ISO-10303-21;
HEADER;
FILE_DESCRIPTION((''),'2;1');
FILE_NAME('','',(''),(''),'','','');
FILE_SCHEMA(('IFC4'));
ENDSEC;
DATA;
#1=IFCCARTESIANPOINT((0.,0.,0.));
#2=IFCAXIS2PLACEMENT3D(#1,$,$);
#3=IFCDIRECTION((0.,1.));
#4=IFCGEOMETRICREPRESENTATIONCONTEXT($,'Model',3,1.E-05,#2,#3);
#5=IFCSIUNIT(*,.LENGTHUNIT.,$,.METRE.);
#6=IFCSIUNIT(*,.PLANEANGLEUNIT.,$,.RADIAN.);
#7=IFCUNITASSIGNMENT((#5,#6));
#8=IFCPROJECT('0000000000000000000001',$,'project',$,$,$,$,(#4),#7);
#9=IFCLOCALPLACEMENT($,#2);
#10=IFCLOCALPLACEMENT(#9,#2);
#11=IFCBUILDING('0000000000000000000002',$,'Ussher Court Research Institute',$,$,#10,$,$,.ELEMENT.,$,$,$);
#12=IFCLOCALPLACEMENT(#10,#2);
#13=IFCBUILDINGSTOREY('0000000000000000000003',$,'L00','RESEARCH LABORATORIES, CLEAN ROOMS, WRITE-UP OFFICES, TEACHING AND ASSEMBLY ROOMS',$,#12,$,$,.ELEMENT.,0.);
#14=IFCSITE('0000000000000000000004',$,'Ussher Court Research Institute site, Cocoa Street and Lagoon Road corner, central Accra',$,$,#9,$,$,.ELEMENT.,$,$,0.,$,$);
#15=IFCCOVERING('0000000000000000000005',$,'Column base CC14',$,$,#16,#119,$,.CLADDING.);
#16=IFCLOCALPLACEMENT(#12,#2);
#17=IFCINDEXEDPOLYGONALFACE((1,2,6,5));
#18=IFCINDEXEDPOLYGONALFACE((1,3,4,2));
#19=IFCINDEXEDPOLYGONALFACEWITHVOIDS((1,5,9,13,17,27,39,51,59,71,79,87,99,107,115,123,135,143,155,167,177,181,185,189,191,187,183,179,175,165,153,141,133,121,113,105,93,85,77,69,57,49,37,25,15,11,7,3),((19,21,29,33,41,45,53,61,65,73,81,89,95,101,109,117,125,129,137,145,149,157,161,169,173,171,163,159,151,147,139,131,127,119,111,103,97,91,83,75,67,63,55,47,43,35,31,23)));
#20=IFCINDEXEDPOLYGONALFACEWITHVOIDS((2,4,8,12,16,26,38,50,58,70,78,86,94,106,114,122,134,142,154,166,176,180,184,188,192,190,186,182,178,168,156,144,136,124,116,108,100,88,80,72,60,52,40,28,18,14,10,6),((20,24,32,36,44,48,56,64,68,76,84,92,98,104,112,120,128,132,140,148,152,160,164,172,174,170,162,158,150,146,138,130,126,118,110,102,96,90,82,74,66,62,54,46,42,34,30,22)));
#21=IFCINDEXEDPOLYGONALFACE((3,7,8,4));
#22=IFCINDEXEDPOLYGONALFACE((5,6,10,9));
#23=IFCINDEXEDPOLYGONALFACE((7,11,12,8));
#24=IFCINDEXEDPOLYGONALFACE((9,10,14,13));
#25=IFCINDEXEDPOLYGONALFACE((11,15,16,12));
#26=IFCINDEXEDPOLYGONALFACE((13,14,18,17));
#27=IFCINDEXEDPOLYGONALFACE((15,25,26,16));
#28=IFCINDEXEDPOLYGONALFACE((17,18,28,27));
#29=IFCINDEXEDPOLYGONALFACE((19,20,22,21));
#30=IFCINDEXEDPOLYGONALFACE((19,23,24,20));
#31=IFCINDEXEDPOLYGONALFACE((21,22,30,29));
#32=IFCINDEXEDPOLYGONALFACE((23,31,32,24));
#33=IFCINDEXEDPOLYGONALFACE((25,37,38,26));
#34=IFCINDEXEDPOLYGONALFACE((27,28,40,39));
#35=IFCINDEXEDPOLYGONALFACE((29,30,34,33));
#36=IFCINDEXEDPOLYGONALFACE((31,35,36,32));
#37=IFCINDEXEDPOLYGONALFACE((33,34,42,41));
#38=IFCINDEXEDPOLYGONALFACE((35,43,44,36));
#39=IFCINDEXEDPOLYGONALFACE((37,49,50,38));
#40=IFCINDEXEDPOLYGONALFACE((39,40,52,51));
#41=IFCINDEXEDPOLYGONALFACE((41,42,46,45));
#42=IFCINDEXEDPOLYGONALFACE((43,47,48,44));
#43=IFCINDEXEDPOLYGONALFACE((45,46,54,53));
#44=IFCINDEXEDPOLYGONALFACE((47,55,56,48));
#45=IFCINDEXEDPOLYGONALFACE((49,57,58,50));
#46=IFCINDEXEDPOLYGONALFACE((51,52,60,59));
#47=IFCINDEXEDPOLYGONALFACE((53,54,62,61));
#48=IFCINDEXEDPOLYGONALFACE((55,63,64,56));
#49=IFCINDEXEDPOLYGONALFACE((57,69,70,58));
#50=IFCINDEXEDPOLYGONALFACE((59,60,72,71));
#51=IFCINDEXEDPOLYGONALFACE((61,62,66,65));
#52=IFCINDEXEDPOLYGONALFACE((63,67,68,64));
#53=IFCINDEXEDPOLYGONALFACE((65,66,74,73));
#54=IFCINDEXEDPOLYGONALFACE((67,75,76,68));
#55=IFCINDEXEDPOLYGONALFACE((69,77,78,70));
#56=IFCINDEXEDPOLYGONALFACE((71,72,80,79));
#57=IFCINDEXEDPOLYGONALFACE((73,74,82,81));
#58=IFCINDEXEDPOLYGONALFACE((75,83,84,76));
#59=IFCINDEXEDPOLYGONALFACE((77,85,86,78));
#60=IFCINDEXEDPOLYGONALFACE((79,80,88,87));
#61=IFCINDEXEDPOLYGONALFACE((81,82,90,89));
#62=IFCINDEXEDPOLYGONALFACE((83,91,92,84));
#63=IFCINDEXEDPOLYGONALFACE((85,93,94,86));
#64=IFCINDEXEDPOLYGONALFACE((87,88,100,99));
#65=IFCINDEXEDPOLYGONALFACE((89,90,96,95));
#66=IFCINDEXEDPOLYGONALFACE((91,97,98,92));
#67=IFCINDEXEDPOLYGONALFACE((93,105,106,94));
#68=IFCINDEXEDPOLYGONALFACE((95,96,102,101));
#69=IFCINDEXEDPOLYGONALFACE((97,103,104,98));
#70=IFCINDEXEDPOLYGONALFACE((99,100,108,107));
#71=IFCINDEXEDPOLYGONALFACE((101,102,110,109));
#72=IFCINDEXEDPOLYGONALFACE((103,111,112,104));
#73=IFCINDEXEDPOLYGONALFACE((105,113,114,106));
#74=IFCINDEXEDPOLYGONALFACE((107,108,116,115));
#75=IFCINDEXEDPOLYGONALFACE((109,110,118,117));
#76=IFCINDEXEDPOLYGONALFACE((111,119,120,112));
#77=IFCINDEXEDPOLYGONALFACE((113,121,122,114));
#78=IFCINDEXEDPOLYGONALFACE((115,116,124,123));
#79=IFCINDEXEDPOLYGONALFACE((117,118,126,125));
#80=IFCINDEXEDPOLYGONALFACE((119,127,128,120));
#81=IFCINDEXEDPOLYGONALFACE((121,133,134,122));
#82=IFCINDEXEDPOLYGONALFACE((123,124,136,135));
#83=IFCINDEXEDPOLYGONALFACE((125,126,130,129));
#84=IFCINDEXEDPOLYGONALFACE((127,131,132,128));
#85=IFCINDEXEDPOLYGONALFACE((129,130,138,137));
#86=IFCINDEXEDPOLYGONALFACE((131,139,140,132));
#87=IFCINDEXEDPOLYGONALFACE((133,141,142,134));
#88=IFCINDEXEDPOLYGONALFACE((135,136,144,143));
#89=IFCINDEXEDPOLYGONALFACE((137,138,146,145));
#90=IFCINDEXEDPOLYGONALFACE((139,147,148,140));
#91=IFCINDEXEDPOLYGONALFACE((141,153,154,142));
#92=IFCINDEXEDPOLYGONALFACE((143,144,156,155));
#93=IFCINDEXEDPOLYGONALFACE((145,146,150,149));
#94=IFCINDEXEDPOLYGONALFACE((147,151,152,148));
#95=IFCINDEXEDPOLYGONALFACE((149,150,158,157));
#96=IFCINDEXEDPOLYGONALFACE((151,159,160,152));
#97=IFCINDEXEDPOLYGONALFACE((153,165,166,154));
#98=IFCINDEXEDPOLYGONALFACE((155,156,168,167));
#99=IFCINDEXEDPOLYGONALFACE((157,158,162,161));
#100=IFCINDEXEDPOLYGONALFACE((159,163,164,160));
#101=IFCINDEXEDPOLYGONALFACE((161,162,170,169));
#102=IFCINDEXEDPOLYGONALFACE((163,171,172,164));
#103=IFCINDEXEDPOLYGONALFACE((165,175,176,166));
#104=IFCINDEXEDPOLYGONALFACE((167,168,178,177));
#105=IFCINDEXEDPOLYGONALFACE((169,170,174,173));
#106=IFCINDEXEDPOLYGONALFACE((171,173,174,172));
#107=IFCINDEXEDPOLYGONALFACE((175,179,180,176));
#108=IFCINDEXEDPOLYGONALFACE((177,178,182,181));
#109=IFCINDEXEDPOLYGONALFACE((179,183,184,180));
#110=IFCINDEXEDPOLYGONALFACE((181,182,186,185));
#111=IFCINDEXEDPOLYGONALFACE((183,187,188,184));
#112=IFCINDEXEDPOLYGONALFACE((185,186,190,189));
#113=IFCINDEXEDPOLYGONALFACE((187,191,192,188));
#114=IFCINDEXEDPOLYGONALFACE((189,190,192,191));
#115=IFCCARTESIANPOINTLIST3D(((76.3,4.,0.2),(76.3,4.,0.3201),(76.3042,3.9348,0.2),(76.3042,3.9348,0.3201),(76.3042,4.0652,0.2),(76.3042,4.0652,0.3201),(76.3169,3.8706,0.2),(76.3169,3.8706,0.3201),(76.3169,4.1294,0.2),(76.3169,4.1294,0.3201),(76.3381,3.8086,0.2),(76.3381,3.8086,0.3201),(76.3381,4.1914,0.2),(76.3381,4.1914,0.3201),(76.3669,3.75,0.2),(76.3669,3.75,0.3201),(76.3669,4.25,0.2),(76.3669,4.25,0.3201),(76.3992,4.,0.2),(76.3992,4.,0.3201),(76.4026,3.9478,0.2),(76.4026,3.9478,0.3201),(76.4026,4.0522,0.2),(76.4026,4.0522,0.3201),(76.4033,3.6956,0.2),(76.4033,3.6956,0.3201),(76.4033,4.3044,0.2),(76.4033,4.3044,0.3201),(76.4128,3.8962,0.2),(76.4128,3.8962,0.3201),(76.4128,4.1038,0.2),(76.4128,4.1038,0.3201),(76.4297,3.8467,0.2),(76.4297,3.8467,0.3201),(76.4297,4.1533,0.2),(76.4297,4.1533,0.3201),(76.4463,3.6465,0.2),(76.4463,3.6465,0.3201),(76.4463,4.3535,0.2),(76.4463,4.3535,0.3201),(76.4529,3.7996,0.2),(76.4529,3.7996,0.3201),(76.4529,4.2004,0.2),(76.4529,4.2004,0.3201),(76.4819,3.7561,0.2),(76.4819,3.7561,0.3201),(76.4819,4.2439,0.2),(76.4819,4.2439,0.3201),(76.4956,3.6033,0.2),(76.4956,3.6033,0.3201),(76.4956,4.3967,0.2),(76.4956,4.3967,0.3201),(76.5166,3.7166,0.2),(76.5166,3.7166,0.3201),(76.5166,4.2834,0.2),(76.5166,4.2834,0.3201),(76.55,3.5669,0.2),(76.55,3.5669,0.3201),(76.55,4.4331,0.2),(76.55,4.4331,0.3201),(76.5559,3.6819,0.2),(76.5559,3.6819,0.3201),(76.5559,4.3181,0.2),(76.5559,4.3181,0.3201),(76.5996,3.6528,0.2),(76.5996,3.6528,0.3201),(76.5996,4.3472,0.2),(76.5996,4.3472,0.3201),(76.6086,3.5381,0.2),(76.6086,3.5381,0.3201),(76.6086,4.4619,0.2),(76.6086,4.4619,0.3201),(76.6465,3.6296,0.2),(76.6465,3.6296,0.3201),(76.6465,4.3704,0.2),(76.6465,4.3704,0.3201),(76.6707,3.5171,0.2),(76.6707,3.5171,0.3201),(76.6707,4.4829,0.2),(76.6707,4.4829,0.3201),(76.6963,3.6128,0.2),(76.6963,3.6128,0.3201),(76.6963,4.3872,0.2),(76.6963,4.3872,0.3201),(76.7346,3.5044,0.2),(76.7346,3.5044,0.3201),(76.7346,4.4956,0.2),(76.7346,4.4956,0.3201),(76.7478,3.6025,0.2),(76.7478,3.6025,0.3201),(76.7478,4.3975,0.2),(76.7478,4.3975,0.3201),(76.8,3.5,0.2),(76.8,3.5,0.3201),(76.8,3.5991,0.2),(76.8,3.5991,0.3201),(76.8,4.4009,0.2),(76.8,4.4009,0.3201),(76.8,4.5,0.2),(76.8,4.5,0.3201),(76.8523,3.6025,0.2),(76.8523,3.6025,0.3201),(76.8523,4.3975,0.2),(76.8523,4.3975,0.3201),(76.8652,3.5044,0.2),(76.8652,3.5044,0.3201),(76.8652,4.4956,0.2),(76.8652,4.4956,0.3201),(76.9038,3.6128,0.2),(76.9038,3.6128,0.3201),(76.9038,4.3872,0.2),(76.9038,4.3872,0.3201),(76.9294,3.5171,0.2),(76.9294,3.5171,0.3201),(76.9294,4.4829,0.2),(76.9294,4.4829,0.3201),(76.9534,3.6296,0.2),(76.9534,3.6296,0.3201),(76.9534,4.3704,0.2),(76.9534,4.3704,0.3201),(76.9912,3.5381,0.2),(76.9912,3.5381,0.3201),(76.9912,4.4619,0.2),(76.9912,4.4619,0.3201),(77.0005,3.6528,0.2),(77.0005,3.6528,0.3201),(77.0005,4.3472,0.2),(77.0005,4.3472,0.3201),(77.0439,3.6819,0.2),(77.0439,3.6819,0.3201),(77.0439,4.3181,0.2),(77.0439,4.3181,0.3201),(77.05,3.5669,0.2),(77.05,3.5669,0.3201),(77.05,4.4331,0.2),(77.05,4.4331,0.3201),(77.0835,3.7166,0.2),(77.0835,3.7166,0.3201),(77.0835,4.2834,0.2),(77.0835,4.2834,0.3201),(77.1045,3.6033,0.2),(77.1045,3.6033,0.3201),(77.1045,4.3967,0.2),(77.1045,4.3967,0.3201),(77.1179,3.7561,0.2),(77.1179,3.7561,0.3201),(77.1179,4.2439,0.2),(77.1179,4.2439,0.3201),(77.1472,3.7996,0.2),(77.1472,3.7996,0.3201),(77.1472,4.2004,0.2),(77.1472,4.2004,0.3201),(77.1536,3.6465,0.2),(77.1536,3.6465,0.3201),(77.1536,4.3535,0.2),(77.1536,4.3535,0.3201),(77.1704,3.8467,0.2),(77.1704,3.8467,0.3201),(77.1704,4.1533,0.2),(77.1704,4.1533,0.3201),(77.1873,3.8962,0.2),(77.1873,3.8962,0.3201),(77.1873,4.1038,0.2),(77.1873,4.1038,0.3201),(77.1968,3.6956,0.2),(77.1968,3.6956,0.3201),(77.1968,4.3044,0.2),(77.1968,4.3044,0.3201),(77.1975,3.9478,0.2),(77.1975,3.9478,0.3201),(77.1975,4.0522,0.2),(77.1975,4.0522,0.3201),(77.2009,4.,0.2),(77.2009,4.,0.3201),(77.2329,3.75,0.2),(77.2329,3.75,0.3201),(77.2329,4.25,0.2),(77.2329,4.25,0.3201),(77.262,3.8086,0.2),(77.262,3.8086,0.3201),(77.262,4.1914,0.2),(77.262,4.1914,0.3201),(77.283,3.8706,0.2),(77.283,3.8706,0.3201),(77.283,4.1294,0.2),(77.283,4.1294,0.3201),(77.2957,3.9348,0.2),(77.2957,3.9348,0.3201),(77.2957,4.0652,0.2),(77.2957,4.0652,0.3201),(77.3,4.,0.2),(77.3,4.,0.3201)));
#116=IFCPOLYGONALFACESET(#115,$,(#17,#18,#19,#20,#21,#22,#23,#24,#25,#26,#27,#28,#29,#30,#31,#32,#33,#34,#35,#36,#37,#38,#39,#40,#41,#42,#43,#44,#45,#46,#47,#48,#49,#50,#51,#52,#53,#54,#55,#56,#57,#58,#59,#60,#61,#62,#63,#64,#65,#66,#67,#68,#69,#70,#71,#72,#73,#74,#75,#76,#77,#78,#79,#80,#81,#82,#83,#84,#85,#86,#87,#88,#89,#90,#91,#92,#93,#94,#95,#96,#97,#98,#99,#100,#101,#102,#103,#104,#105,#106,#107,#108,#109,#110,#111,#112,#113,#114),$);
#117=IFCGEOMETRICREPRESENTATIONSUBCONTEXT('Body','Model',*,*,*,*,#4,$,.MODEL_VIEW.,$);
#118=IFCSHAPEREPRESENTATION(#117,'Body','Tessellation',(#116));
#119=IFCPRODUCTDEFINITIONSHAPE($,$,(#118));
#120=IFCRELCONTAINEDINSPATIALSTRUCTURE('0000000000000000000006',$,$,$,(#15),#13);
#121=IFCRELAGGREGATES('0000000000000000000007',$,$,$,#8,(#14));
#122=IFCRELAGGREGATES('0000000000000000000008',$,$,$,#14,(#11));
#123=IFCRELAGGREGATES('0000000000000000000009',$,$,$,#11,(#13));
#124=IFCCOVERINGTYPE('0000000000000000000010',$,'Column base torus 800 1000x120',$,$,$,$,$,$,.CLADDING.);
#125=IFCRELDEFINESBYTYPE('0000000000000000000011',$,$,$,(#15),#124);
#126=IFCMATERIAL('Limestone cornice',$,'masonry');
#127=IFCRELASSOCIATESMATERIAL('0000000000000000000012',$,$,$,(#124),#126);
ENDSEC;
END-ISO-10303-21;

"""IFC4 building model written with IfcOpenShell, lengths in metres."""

from ifc_helpers import new_model, si_unit, direction, frame, origin, place, context, subcontext, project, spatial, polyline, outline, extrude, material, type_object, element, save


model = new_model("IFC4")

# Units and contexts
model_context = context("Model", 3, precision=1e-05, world=origin(), true_north=direction((0.0, 1.0)))
body_context = subcontext(model_context, "Body", "Model", "MODEL_VIEW")
ifc_project = project(units=[si_unit("LENGTHUNIT", "METRE"), si_unit("PLANEANGLEUNIT", "RADIAN")], contexts=[model_context])

# Site, building, storey
site_placement = place(None, origin())
site = spatial("IfcSite", under=ifc_project, at=site_placement, Name="Ussher Court Research Institute site, Cocoa Street and Lagoon Road corner, central Accra", CompositionType="ELEMENT", RefElevation=0.0)
building_placement = place(site_placement, origin())
building = spatial("IfcBuilding", under=site, at=building_placement, Name="Ussher Court Research Institute", CompositionType="ELEMENT")
storey_placement = place(building_placement, origin())
storey = spatial("IfcBuildingStorey", under=building, at=storey_placement, Name="L00", Description="RESEARCH LABORATORIES, CLEAN ROOMS, WRITE-UP OFFICES, TEACHING AND ASSEMBLY ROOMS", CompositionType="ELEMENT", Elevation=0.0)

# Covering
ifc_material_1 = material(Name="Limestone cornice", Category="masonry")
covering_type_1 = type_object("IfcCoveringType", Name="Column base torus 800 1000x120", PredefinedType="CLADDING", material=ifc_material_1)
covering_1_placement = place(storey_placement, frame((0.0, 0.0, 0.2)))
element("IfcCovering", 1, at=covering_1_placement, inside=storey, type_object=covering_type_1, Name="Column base CC14", PredefinedType="CLADDING", context=body_context, shape_type="SweptSolid", body=[
    extrude(outline(polyline([(77.3, 4.0), (77.2957, 4.0652), (77.283, 4.1294), (77.262, 4.1914), (77.2329, 4.25), (77.1968, 4.3044), (77.1536, 4.3535), (77.1045, 4.3967), (77.05, 4.4331), (76.9912, 4.4619), (76.9294, 4.4829), (76.8652, 4.4956), (76.8, 4.5), (76.7346, 4.4956), (76.6707, 4.4829), (76.6086, 4.4619), (76.55, 4.4331), (76.4956, 4.3967), (76.4463, 4.3535), (76.4033, 4.3044), (76.3669, 4.25), (76.3381, 4.1914), (76.3169, 4.1294), (76.3042, 4.0652), (76.3, 4.0), (76.3042, 3.9348), (76.3169, 3.8706), (76.3381, 3.8086), (76.3669, 3.75), (76.4033, 3.6956), (76.4463, 3.6465), (76.4956, 3.6033), (76.55, 3.5669), (76.6086, 3.5381), (76.6707, 3.5171), (76.7346, 3.5044), (76.8, 3.5), (76.8652, 3.5044), (76.9294, 3.5171), (76.9912, 3.5381), (77.05, 3.5669), (77.1045, 3.6033), (77.1536, 3.6465), (77.1968, 3.6956), (77.2329, 3.75), (77.262, 3.8086), (77.283, 3.8706), (77.2957, 3.9348), (77.3, 4.0)]), holes=[polyline([(77.2009, 4.0), (77.1975, 4.0522), (77.1873, 4.1038), (77.1704, 4.1533), (77.1472, 4.2004), (77.1179, 4.2439), (77.0835, 4.2834), (77.0439, 4.3181), (77.0005, 4.3472), (76.9534, 4.3704), (76.9038, 4.3872), (76.8523, 4.3975), (76.8, 4.4009), (76.7478, 4.3975), (76.6963, 4.3872), (76.6465, 4.3704), (76.5996, 4.3472), (76.5559, 4.3181), (76.5166, 4.2834), (76.4819, 4.2439), (76.4529, 4.2004), (76.4297, 4.1533), (76.4128, 4.1038), (76.4026, 4.0522), (76.3992, 4.0), (76.4026, 3.9478), (76.4128, 3.8962), (76.4297, 3.8467), (76.4529, 3.7996), (76.4819, 3.7561), (76.5166, 3.7166), (76.5559, 3.6819), (76.5996, 3.6528), (76.6465, 3.6296), (76.6963, 3.6128), (76.7478, 3.6025), (76.8, 3.5991), (76.8523, 3.6025), (76.9038, 3.6128), (76.9534, 3.6296), (77.0005, 3.6528), (77.0439, 3.6819), (77.0835, 3.7166), (77.1179, 3.7561), (77.1472, 3.7996), (77.1704, 3.8467), (77.1873, 3.8962), (77.1975, 3.9478), (77.2009, 4.0)])]), origin(), (0.0, 0.0, 1.0), 0.1201),
])

save(model, "model.ifc")
